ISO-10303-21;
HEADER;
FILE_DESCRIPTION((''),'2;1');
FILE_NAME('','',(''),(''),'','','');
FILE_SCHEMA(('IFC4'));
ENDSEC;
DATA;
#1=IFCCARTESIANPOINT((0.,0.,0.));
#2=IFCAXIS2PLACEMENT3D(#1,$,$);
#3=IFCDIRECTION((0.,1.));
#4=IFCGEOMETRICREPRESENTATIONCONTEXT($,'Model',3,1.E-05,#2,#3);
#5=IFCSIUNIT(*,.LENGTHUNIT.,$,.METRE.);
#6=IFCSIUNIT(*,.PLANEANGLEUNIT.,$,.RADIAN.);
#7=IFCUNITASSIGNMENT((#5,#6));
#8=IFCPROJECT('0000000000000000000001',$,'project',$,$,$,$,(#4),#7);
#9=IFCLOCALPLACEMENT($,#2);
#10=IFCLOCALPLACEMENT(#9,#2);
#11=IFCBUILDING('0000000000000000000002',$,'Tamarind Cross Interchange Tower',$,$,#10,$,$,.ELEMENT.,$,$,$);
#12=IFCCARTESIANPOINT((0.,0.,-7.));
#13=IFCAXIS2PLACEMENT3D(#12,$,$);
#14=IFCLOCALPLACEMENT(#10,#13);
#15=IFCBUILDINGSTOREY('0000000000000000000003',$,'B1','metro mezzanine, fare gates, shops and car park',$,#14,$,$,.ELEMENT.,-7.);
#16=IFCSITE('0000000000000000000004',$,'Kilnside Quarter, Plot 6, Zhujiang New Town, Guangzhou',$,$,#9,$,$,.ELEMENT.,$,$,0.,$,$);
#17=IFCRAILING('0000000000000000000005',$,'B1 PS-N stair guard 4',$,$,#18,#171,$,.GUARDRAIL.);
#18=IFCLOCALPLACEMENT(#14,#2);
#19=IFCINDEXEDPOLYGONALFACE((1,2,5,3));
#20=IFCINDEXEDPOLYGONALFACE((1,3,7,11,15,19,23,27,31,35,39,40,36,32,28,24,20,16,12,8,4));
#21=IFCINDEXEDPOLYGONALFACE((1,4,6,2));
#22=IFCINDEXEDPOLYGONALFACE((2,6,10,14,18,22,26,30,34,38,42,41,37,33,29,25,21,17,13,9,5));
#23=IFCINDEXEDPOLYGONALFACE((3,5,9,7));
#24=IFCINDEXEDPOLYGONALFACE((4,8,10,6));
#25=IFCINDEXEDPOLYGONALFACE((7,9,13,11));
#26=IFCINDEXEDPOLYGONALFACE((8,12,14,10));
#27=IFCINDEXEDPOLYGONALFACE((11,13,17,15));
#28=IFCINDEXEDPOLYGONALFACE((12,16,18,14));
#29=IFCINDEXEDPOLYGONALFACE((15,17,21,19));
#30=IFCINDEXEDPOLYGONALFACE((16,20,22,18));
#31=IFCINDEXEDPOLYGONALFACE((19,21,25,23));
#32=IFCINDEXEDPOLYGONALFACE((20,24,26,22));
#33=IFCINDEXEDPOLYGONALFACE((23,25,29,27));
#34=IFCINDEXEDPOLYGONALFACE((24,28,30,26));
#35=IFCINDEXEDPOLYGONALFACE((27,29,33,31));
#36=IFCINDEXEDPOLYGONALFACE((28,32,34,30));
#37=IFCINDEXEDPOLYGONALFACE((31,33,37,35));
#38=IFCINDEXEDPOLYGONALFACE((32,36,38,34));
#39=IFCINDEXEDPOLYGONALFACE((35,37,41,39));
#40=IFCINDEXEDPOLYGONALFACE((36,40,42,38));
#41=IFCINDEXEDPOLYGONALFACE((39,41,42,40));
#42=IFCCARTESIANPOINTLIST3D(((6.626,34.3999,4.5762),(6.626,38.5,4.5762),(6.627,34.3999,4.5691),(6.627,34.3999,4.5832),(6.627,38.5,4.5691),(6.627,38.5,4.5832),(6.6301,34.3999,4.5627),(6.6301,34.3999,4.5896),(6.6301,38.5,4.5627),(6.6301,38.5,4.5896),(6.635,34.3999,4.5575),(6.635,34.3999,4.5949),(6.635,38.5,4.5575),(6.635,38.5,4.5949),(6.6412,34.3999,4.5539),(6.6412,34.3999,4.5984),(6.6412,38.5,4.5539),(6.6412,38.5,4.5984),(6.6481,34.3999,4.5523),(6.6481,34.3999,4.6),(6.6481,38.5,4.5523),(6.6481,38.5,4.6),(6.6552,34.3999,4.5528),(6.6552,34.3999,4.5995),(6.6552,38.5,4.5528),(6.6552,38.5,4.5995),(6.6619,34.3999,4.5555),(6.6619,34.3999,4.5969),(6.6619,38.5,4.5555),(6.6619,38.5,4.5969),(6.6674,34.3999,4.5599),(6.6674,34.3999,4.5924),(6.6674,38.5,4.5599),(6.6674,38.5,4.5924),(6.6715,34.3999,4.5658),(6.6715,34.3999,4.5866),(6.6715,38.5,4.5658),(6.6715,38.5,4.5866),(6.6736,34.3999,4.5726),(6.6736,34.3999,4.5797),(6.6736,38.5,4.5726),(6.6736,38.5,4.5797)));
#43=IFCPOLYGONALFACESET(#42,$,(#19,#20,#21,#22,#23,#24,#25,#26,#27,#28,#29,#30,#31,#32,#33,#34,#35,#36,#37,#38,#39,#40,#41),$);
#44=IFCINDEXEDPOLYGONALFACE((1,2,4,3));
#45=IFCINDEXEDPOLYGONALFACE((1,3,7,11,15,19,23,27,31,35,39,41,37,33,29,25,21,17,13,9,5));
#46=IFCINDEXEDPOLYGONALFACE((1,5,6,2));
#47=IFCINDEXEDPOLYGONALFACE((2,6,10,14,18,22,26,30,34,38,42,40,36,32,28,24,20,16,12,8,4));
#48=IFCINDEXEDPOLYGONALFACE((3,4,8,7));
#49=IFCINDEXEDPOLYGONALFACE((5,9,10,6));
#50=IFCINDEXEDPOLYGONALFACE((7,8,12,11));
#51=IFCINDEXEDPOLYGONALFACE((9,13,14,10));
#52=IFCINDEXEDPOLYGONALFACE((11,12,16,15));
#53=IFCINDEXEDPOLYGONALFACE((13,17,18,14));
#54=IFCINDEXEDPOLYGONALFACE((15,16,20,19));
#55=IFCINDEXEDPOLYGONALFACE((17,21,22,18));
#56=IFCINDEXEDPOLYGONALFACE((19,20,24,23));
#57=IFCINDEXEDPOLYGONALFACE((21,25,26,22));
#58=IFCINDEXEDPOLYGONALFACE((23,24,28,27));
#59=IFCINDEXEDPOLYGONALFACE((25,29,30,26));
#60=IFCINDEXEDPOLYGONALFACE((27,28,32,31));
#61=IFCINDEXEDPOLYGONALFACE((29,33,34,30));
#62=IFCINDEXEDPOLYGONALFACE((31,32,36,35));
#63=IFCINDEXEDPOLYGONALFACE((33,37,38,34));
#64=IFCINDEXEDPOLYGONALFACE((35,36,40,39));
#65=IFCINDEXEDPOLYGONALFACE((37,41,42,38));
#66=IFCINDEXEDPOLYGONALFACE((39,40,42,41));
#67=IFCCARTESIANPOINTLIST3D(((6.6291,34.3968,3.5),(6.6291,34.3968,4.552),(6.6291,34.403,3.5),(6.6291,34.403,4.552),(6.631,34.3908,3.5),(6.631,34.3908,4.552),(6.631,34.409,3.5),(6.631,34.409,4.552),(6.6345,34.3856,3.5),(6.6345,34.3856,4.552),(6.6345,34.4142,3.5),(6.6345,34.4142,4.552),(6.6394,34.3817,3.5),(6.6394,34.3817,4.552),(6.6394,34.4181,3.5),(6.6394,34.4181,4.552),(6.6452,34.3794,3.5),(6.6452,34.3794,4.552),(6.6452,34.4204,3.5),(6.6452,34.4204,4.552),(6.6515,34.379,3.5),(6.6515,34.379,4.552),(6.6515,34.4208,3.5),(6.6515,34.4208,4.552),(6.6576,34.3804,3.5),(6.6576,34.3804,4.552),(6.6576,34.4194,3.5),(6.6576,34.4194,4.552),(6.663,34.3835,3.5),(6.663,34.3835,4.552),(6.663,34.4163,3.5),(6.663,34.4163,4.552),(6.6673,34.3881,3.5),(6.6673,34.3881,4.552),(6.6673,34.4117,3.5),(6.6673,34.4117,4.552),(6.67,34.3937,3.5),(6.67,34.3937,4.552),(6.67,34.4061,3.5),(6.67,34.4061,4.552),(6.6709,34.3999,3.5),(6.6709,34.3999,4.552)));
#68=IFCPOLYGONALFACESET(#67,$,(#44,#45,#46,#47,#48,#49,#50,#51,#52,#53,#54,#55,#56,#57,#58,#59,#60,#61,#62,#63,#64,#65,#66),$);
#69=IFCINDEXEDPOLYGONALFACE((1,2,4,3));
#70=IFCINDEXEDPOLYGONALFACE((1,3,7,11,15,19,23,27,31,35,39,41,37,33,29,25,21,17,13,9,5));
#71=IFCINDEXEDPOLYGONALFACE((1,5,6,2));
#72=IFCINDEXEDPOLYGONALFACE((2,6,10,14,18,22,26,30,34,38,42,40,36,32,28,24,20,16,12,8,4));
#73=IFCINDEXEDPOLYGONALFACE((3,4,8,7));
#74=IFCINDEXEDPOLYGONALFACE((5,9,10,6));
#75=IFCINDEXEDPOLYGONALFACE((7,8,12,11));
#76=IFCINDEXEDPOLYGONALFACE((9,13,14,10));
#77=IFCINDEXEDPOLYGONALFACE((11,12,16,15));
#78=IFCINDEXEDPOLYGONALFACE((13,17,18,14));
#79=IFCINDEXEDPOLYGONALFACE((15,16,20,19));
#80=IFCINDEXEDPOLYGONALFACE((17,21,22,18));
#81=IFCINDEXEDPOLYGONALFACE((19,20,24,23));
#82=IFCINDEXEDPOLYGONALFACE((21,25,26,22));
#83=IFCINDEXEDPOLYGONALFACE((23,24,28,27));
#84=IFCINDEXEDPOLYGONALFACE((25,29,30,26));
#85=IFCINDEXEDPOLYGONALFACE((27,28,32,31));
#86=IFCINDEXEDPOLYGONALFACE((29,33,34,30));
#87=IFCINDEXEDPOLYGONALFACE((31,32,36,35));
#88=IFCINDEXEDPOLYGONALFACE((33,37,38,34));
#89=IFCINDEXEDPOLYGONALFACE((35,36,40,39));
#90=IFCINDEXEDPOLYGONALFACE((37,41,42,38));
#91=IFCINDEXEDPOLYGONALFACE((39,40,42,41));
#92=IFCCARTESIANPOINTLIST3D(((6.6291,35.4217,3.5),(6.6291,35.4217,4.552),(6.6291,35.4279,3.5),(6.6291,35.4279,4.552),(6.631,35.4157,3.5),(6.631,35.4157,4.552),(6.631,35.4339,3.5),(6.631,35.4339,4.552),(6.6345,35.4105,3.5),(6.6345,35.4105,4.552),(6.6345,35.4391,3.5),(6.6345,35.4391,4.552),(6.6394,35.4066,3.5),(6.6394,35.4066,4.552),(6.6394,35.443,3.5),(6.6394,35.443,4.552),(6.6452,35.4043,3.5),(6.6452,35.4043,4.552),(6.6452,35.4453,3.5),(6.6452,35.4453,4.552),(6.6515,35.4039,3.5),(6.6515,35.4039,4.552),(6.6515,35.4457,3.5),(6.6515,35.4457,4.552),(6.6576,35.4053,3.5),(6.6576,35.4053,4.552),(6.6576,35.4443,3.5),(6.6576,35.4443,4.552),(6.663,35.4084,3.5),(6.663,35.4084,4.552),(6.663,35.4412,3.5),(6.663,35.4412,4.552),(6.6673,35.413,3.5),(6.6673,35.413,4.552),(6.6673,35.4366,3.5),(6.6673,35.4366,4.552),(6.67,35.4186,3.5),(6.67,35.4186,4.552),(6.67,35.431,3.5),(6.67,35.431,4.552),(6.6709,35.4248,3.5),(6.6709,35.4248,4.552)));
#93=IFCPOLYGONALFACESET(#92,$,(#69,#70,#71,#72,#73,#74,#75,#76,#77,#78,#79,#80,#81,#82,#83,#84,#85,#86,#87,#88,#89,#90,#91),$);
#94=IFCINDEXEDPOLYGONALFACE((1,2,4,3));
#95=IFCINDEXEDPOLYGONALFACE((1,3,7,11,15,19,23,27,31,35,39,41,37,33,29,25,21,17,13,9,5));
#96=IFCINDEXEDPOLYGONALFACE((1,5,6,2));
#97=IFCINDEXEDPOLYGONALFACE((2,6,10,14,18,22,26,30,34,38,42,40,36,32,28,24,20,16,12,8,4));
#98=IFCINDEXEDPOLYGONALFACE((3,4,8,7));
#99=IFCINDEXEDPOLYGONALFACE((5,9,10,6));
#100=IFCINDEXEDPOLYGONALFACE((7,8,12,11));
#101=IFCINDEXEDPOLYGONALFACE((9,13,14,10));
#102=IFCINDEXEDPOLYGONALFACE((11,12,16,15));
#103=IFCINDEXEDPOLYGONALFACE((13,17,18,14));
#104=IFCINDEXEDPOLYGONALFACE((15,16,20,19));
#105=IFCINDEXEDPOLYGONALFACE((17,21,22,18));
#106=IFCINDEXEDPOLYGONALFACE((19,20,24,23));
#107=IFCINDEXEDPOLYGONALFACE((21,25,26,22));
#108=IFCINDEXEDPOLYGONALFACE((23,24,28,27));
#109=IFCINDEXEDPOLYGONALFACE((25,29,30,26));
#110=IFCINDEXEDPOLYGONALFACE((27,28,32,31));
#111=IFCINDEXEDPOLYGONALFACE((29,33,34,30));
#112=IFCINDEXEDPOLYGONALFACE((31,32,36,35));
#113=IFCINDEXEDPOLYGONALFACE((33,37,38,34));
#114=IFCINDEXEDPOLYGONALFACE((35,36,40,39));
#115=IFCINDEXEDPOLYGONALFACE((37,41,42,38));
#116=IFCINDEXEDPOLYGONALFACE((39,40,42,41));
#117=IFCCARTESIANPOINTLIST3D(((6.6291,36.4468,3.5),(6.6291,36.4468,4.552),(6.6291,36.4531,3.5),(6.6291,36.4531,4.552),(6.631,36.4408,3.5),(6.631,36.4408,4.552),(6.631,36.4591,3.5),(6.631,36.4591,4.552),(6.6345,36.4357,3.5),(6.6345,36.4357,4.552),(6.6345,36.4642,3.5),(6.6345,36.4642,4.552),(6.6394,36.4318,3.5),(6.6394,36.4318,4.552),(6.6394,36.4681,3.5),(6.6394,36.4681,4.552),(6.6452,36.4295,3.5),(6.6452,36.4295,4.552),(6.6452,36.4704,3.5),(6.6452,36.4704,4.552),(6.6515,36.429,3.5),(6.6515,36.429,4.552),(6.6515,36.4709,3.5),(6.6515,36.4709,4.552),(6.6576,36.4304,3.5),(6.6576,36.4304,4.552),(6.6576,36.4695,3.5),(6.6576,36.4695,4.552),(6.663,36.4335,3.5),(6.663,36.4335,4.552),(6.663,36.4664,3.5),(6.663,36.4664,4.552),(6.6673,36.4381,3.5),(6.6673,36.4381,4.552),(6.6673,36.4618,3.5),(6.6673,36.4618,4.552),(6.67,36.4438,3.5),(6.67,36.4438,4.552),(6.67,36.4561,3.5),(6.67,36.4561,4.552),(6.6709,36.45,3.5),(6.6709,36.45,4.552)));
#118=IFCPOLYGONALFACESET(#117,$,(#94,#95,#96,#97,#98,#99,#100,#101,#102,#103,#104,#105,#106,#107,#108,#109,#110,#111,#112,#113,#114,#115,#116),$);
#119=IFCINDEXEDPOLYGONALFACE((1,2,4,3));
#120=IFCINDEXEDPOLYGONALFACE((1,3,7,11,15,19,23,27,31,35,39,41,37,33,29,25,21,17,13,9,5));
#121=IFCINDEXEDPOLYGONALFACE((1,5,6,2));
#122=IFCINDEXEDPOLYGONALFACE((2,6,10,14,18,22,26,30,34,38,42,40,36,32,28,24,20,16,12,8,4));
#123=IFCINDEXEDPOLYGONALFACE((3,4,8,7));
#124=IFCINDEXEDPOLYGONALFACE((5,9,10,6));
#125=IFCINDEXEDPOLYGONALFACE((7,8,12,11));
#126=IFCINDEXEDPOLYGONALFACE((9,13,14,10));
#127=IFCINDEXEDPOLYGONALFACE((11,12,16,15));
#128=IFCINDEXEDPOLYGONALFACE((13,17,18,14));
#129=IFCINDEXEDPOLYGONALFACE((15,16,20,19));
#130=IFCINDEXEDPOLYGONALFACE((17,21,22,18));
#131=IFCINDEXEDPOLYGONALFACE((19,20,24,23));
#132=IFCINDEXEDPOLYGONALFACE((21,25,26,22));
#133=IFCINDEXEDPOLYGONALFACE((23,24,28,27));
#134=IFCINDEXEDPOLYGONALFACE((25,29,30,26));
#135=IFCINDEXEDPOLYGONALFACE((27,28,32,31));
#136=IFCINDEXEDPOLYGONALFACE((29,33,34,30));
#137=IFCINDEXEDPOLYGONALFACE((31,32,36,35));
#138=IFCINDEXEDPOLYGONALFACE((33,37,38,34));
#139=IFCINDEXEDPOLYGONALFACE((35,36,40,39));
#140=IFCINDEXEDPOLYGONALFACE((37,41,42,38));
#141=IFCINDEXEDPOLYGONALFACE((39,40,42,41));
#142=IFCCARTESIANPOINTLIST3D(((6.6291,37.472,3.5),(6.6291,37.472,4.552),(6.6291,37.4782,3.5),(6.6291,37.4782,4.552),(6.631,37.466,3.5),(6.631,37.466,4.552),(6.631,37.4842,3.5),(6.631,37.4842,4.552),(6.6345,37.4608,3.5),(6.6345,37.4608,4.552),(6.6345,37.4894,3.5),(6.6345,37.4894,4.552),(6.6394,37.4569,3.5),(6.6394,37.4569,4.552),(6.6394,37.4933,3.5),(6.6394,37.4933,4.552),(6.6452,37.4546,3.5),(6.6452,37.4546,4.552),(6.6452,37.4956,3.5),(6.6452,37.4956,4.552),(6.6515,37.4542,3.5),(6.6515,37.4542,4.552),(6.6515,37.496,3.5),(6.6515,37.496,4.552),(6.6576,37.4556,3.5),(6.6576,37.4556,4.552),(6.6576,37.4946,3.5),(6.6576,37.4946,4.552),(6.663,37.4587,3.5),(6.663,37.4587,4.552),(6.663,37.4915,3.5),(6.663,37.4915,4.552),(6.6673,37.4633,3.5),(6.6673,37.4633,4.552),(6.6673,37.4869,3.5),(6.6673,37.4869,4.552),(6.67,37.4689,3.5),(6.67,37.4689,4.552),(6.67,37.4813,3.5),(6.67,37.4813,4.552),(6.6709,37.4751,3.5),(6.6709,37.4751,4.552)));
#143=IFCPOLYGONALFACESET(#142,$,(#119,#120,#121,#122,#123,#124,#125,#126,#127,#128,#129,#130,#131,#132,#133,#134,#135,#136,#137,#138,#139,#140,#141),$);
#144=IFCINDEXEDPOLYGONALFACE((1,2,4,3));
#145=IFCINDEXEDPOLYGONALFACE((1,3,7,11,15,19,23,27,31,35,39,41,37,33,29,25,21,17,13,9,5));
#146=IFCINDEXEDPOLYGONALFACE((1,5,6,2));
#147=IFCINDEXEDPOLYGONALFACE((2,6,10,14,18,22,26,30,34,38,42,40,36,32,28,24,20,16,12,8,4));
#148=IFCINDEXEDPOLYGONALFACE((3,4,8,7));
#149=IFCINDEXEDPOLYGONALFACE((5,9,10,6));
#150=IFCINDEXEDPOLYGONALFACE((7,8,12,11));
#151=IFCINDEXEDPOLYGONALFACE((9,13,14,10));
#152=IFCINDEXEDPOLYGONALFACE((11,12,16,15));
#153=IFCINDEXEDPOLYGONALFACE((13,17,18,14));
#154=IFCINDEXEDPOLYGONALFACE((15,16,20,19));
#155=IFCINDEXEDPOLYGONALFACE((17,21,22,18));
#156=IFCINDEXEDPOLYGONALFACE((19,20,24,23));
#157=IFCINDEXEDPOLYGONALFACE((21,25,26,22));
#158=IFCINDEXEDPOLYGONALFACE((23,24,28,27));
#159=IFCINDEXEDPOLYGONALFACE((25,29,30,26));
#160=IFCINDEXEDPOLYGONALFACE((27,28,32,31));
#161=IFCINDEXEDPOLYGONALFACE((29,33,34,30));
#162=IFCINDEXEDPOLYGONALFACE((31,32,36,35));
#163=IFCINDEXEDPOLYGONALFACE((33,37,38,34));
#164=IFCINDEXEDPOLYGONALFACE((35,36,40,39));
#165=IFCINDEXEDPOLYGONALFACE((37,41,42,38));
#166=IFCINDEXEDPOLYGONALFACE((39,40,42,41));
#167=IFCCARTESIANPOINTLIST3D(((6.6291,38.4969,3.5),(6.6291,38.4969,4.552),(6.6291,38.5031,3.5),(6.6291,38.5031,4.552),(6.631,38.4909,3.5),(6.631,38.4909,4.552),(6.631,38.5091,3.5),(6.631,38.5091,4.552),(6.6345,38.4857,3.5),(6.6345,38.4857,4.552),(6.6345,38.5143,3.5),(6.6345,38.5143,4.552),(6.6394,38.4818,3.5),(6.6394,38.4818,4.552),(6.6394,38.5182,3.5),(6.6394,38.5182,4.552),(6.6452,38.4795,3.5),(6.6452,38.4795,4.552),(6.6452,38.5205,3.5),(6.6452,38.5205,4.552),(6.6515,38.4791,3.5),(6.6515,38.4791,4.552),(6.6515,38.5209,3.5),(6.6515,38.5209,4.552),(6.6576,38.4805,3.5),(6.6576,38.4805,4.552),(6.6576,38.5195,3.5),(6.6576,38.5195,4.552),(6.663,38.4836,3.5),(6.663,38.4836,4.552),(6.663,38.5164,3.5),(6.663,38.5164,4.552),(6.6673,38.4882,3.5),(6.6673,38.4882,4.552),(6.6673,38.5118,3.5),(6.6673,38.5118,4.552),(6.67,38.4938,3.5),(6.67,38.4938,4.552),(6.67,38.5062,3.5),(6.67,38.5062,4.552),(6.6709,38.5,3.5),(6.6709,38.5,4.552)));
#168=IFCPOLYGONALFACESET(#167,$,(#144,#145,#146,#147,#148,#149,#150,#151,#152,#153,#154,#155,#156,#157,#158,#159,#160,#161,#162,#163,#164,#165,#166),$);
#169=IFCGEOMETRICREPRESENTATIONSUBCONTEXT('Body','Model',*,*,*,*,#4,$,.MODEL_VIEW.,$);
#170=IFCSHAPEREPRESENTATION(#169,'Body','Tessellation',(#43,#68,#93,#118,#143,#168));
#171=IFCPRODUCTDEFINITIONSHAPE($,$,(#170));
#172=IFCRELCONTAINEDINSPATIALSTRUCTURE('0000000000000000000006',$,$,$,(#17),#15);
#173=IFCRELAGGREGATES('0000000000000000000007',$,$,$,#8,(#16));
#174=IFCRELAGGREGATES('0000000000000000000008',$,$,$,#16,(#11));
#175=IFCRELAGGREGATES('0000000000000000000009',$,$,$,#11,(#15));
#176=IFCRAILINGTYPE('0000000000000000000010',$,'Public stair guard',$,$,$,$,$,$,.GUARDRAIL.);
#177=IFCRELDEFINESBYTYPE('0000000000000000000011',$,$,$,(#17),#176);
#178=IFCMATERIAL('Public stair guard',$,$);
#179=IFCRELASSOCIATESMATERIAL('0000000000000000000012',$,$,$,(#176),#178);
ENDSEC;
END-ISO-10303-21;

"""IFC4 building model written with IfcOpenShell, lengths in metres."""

from ifc_helpers import new_model, si_unit, direction, frame, origin, origin_2d, place, context, subcontext, project, spatial, circle, extrude, material, type_object, element, save


model = new_model("IFC4")

# Units and contexts
model_context = context("Model", 3, precision=1e-05, world=origin(), true_north=direction((0.0, 1.0)))
body_context = subcontext(model_context, "Body", "Model", "MODEL_VIEW")
ifc_project = project(units=[si_unit("LENGTHUNIT", "METRE"), si_unit("PLANEANGLEUNIT", "RADIAN")], contexts=[model_context])

# Site, building, storey
site_placement = place(None, origin())
site = spatial("IfcSite", under=ifc_project, at=site_placement, Name="Kilnside Quarter, Plot 6, Zhujiang New Town, Guangzhou", CompositionType="ELEMENT", RefElevation=0.0)
building_placement = place(site_placement, origin())
building = spatial("IfcBuilding", under=site, at=building_placement, Name="Tamarind Cross Interchange Tower", CompositionType="ELEMENT")
storey_placement = place(building_placement, frame((0.0, 0.0, -7.0)))
storey = spatial("IfcBuildingStorey", under=building, at=storey_placement, Name="B1", Description="metro mezzanine, fare gates, shops and car park", CompositionType="ELEMENT", Elevation=-7.0)

# Railing
ifc_material_1 = material(Name="Public stair guard")
railing_type_1 = type_object("IfcRailingType", Name="Public stair guard", PredefinedType="GUARDRAIL", material=ifc_material_1)
for number, where, name in (
    (1, (6.6499, 34.3999, 3.5), "B1 PS-N stair guard 4"),
):
    element("IfcRailing", number, at=place(storey_placement, frame(where)), inside=storey, type_object=railing_type_1, Name=name, PredefinedType="GUARDRAIL", context=body_context, shape_type="SweptSolid", body=[
        extrude(circle(Radius=0.0239, at=origin_2d()), frame((0.0, 0.0, 1.0762), z_axis=(0.0, 1.0, 0.0), x_axis=(-1.0, 0.0, 0.0)), (0.0, 0.0, 1.0), 4.1001),
        extrude(circle(Radius=0.021, at=origin_2d()), origin(), (0.0, 0.0, 1.0), 1.052),
        extrude(circle(Radius=0.021, at=origin_2d()), frame((0.0, 1.0249, 0.0)), (0.0, 0.0, 1.0), 1.052),
        extrude(circle(Radius=0.021, at=origin_2d()), frame((0.0, 2.05, 0.0)), (0.0, 0.0, 1.0), 1.052),
        extrude(circle(Radius=0.021, at=origin_2d()), frame((0.0, 3.0752, 0.0)), (0.0, 0.0, 1.0), 1.052),
        extrude(circle(Radius=0.021, at=origin_2d()), frame((0.0, 4.1001, 0.0)), (0.0, 0.0, 1.0), 1.052),
    ])

save(model, "model.ifc")
